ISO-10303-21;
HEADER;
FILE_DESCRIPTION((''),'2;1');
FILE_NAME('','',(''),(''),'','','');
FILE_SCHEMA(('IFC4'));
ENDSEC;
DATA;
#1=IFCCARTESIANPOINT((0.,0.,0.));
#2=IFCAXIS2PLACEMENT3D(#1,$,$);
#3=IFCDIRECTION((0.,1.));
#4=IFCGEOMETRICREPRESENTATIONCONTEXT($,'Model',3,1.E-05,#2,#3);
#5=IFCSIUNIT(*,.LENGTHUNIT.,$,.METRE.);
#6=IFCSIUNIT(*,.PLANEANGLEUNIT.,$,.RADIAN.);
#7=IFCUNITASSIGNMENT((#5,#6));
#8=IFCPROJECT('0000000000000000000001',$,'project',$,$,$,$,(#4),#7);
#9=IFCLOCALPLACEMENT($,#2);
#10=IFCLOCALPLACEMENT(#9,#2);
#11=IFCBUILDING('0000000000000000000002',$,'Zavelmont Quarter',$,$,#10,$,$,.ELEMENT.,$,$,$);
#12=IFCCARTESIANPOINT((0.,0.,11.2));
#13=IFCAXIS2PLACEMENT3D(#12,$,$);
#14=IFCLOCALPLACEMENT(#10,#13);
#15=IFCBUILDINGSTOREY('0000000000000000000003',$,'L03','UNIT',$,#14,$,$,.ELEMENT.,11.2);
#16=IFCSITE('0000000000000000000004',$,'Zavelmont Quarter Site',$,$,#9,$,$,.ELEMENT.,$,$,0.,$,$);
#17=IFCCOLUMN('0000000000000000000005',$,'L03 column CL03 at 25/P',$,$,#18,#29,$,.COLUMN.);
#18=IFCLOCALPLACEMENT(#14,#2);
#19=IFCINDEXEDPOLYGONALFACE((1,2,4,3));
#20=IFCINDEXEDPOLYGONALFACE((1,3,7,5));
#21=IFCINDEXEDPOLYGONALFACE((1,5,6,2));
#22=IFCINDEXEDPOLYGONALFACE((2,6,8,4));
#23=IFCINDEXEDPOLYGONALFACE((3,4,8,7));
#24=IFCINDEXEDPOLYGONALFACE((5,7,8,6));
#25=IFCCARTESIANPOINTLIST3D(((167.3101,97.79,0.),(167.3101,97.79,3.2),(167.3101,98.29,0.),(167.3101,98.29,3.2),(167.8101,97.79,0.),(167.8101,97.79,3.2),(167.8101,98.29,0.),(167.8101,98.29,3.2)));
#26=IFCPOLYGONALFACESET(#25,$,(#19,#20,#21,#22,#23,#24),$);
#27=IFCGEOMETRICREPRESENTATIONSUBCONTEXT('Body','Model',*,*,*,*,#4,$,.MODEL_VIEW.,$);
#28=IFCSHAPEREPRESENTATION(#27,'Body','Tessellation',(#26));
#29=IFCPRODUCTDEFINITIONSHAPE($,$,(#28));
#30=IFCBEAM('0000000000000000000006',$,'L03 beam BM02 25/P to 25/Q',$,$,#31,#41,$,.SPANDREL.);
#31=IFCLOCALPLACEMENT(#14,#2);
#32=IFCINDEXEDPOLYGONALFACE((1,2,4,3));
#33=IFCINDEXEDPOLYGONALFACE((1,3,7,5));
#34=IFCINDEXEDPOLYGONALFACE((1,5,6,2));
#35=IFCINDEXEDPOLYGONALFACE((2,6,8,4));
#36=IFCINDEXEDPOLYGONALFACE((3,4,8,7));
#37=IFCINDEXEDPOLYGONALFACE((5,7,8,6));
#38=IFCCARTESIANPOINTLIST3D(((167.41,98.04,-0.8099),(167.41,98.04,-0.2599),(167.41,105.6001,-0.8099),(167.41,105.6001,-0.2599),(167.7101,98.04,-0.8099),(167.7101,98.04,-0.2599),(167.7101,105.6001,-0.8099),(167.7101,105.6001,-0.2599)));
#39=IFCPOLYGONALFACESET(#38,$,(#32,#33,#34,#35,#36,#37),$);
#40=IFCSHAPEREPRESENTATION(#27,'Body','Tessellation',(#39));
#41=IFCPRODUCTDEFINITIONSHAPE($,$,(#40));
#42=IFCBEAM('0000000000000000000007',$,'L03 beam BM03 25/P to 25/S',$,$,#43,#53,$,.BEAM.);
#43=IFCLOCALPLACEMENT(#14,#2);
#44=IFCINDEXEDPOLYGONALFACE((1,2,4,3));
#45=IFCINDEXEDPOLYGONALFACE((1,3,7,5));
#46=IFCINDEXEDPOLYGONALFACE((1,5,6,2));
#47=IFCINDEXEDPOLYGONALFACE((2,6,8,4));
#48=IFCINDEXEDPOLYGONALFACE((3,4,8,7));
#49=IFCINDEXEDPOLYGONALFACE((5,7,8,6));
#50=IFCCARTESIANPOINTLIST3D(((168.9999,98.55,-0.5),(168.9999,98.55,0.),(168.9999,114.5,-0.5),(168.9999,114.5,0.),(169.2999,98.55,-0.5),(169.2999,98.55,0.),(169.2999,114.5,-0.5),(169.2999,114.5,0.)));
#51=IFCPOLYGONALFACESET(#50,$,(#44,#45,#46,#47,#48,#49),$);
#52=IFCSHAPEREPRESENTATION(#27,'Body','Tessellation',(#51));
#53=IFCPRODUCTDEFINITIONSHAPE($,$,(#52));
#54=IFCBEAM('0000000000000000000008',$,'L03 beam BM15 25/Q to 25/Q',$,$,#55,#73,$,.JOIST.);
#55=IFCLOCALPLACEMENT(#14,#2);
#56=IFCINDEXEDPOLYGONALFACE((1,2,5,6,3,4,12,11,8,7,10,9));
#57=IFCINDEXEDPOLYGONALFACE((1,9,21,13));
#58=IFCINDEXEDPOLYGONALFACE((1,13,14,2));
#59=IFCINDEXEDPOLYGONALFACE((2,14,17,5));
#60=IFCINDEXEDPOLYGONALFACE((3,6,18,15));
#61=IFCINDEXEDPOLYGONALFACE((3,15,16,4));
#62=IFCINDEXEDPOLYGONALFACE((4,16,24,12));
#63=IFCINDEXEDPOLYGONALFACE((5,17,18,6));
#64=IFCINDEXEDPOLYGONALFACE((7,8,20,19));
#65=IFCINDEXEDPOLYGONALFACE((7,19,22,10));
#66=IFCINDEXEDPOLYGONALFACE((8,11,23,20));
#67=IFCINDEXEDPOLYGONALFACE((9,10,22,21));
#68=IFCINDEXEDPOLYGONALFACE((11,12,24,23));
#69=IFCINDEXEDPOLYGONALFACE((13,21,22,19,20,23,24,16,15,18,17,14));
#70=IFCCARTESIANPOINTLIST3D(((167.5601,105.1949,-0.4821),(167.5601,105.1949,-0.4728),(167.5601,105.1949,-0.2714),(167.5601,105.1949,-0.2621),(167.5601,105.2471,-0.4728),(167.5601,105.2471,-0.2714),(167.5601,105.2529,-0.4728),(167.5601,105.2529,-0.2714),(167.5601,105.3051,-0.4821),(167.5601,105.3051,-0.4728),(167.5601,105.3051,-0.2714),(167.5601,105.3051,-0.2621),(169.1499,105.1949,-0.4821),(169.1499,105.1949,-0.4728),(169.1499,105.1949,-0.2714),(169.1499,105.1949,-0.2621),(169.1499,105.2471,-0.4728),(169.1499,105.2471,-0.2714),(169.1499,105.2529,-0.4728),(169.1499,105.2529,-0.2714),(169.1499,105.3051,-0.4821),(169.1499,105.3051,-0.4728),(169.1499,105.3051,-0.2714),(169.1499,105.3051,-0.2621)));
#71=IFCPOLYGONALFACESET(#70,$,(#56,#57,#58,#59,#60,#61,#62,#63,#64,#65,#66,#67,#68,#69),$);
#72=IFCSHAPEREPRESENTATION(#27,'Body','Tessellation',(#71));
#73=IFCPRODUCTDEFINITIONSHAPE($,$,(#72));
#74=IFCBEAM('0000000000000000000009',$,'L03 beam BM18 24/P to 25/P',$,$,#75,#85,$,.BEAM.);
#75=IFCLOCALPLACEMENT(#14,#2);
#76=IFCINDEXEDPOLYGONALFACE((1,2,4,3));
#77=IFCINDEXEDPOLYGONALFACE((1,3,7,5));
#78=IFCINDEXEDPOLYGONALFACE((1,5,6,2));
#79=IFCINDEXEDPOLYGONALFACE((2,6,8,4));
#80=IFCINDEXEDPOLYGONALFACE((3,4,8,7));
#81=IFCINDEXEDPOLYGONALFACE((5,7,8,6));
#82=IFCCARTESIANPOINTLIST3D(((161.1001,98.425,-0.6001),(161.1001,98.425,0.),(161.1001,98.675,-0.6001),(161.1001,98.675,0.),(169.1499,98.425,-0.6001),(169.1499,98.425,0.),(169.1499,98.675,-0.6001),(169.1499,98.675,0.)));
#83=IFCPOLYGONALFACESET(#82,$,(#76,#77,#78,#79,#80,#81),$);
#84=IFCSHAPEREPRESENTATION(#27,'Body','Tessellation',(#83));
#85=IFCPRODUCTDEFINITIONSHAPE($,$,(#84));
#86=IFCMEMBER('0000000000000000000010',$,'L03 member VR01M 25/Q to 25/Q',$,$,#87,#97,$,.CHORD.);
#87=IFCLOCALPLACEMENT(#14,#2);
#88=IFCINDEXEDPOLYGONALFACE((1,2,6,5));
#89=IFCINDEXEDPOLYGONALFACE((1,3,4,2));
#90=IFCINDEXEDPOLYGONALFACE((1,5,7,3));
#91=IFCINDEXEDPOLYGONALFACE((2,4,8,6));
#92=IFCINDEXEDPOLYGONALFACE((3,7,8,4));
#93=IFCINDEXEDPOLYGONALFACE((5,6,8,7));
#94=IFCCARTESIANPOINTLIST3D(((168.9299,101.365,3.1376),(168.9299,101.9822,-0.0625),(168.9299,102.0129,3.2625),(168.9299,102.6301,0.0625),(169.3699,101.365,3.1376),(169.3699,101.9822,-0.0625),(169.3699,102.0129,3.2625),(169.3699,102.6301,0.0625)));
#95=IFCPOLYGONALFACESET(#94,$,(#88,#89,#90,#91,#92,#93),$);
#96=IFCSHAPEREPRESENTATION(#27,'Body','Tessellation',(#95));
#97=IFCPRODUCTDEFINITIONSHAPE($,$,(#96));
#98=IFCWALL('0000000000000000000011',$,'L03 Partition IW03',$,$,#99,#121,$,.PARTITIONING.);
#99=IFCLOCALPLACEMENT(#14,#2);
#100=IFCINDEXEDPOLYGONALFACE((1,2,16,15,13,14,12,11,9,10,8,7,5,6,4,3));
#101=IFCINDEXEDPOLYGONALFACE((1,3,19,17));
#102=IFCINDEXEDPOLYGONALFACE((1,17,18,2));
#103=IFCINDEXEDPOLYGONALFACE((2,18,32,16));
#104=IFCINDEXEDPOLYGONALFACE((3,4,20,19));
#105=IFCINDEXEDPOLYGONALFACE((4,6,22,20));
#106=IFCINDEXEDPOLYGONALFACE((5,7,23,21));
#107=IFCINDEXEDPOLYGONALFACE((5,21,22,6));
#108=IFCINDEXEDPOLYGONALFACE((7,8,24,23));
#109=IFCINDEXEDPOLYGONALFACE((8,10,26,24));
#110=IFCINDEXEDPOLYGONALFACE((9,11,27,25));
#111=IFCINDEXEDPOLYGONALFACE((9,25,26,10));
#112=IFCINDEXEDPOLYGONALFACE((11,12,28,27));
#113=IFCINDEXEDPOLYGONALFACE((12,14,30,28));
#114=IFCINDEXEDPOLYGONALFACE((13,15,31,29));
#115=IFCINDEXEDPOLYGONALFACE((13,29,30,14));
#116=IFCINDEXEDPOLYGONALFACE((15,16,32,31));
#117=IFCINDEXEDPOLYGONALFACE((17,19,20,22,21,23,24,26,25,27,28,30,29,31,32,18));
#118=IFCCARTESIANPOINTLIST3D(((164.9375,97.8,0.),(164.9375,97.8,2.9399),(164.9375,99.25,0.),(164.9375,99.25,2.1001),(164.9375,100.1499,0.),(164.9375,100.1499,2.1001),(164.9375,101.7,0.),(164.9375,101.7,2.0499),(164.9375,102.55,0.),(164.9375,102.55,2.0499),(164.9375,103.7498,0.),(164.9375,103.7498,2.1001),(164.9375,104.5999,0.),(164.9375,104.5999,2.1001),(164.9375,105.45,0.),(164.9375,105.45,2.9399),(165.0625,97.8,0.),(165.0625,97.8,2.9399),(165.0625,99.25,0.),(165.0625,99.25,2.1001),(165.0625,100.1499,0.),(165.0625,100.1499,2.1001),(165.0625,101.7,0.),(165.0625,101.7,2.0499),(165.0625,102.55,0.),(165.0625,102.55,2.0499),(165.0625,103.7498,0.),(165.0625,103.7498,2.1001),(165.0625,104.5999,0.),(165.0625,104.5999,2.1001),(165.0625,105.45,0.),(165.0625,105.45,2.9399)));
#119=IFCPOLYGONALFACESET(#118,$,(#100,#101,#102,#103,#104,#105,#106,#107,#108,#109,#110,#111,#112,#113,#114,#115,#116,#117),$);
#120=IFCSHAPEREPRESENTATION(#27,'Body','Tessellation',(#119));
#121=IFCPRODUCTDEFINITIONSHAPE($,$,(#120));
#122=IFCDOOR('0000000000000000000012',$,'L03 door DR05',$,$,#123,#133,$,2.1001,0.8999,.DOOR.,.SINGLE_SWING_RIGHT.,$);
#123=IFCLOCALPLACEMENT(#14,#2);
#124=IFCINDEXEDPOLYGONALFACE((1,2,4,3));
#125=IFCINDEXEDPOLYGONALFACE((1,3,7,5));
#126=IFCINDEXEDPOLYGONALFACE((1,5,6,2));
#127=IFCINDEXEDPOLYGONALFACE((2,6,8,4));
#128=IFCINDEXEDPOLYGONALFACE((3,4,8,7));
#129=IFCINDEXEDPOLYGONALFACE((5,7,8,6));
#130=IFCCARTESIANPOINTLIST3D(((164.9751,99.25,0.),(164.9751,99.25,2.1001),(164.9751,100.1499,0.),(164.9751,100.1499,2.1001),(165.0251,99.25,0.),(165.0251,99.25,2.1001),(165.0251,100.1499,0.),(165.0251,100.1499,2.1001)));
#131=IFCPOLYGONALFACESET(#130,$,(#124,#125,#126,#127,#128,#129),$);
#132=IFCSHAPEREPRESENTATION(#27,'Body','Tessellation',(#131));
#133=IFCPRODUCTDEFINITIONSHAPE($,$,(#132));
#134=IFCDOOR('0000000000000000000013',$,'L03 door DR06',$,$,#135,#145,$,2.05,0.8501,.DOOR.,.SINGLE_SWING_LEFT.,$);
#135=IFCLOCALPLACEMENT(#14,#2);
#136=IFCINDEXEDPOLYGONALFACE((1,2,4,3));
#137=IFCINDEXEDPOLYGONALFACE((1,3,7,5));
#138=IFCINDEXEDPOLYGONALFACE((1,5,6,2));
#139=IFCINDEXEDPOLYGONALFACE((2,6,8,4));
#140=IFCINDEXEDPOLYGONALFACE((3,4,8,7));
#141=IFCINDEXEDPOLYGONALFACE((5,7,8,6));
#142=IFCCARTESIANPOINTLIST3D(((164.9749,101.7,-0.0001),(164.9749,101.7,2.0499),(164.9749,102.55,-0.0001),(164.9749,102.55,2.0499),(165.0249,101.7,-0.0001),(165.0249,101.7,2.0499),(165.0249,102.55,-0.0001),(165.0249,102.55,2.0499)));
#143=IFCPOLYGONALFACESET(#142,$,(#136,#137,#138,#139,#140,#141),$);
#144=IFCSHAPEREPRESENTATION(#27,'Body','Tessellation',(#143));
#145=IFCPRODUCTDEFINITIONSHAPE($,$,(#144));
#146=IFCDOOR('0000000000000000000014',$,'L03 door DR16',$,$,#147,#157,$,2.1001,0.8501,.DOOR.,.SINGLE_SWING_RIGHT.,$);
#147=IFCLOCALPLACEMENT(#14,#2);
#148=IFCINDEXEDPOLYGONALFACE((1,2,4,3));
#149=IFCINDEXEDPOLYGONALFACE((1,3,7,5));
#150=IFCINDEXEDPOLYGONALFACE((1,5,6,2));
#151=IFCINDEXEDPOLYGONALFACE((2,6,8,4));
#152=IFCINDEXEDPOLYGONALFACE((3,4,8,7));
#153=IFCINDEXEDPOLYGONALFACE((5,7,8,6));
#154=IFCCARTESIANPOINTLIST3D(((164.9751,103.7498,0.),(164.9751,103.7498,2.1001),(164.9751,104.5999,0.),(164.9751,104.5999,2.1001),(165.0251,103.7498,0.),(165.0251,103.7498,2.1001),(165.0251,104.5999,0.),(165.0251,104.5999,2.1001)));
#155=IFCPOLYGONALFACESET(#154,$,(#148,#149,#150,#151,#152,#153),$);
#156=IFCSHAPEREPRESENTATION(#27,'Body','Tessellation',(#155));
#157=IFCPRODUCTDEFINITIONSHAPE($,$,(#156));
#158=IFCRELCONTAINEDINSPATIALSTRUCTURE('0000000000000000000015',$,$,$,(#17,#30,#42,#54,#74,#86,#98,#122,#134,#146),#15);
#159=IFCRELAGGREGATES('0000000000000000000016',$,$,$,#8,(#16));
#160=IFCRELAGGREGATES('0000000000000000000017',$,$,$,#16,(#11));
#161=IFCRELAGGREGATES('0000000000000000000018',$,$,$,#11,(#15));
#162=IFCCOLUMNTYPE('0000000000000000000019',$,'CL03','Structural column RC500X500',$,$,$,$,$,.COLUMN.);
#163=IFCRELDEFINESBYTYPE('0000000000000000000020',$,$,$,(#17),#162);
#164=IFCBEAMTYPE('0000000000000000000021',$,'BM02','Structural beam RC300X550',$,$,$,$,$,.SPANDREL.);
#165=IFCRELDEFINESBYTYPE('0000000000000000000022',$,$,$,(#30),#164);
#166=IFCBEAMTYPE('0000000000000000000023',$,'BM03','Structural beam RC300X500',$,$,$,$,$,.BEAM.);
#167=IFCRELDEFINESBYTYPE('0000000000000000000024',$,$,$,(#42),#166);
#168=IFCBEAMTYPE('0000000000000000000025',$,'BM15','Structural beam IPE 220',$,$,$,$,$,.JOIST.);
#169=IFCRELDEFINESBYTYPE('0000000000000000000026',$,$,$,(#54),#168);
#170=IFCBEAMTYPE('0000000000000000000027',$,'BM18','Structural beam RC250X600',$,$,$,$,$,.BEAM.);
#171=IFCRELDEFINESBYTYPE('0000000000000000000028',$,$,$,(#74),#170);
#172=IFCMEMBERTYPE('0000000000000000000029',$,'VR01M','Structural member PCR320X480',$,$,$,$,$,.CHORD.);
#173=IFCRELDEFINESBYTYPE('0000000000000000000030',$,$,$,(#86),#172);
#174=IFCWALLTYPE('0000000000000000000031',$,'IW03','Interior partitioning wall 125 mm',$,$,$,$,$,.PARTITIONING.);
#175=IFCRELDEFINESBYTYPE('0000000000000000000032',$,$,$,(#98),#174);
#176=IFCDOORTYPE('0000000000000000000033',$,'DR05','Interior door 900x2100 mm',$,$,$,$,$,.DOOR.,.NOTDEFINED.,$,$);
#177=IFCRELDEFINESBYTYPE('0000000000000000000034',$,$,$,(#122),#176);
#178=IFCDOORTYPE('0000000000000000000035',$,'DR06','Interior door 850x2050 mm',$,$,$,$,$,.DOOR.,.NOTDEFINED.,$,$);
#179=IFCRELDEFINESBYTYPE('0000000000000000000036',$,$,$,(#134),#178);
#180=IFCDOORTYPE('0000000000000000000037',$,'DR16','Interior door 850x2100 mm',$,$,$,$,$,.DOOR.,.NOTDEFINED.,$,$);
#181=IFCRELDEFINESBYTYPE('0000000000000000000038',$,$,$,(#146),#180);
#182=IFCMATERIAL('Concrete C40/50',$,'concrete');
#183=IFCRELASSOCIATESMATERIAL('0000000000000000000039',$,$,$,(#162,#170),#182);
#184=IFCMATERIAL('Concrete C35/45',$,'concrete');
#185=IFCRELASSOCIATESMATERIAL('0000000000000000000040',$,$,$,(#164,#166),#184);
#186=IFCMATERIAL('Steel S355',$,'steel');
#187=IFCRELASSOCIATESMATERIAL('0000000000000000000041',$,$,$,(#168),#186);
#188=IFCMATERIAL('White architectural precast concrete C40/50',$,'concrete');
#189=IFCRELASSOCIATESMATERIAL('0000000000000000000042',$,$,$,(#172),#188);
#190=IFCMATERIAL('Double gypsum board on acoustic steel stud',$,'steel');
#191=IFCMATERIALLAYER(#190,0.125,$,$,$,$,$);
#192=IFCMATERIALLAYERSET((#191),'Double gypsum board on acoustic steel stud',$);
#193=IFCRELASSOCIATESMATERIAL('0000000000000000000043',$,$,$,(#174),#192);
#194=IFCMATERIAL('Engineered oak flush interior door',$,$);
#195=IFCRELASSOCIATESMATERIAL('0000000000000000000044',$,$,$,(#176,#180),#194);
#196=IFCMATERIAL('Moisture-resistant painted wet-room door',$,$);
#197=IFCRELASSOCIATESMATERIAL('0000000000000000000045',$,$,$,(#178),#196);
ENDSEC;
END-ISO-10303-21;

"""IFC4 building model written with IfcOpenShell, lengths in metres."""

from ifc_helpers import new_model, si_unit, direction, frame, frame_2d, origin, origin_with_axes, origin_2d, place, context, subcontext, project, spatial, rectangle, i_section, extrude, material, layer, layer_set, material_profile, profile_set, type_object, element, fill, save


model = new_model("IFC4")

# Units and contexts
model_context = context("Model", 3, precision=1e-05, world=origin(), true_north=direction((0.0, 1.0)))
body_context = subcontext(model_context, "Body", "Model", "MODEL_VIEW")
ifc_project = project(units=[si_unit("LENGTHUNIT", "METRE"), si_unit("PLANEANGLEUNIT", "RADIAN")], contexts=[model_context])

# Site, building, storey
site_placement = place(None, origin())
site = spatial("IfcSite", under=ifc_project, at=site_placement, Name="Zavelmont Quarter Site", CompositionType="ELEMENT", RefElevation=0.0)
building_placement = place(site_placement, origin())
building = spatial("IfcBuilding", under=site, at=building_placement, Name="Zavelmont Quarter", CompositionType="ELEMENT")
storey_placement = place(building_placement, frame((0.0, 0.0, 11.2)))
storey = spatial("IfcBuildingStorey", under=building, at=storey_placement, Name="L03", Description="UNIT", CompositionType="ELEMENT", Elevation=11.2)

# Column
ifc_material_1 = material(Name="Concrete C40/50", Category="concrete")
ifc_material_profile_1 = material_profile(ifc_material_1, rectangle(XDim=0.5, YDim=0.5, at=origin_2d()), Name="RC500X500")
ifc_profile_set_1 = profile_set([ifc_material_profile_1], Name="Concrete C40/50")
column_type = type_object("IfcColumnType", Name="CL03", Description="Structural column RC500X500", PredefinedType="COLUMN", material=ifc_profile_set_1)
column_placement = place(storey_placement, frame((167.5601, 98.04, 0.0), z_axis=(0.0, 0.0, 1.0), x_axis=(1.0, 0.0, 0.0)))
element("IfcColumn", 1, at=column_placement, inside=storey, type_object=column_type, Name="L03 column CL03 at 25/P", PredefinedType="COLUMN", context=body_context, shape_type="SweptSolid", body=[
    extrude(rectangle(XDim=0.5, YDim=0.5, at=origin_2d()), origin(), (0.0, 0.0, 1.0), 3.2),
])

# Beams
ifc_material_2 = material(Name="Concrete C35/45", Category="concrete")
ifc_material_profile_2 = material_profile(ifc_material_2, rectangle(XDim=0.3, YDim=0.55, at=origin_2d()), Name="RC300X550")
ifc_profile_set_2 = profile_set([ifc_material_profile_2], Name="Concrete C35/45")
beam_type_1 = type_object("IfcBeamType", Name="BM02", Description="Structural beam RC300X550", PredefinedType="SPANDREL", material=ifc_profile_set_2)
beam_1_placement = place(storey_placement, frame((167.5601, 98.04, -0.5349), z_axis=(0.0, 1.0, 0.0), x_axis=(-1.0, 0.0, 0.0)))
element("IfcBeam", 2, at=beam_1_placement, inside=storey, type_object=beam_type_1, Name="L03 beam BM02 25/P to 25/Q", PredefinedType="SPANDREL", context=body_context, shape_type="SweptSolid", body=[
    extrude(rectangle(XDim=0.3, YDim=0.55, at=origin_2d()), origin(), (0.0, 0.0, 1.0), 7.5601),
])
ifc_material_profile_3 = material_profile(ifc_material_2, rectangle(XDim=0.3, YDim=0.5, at=origin_2d()), Name="RC300X500")
ifc_profile_set_3 = profile_set([ifc_material_profile_3], Name="Concrete C35/45")
beam_type_2 = type_object("IfcBeamType", Name="BM03", Description="Structural beam RC300X500", PredefinedType="BEAM", material=ifc_profile_set_3)
beam_2_placement = place(storey_placement, frame((169.1499, 98.55, -0.25), z_axis=(0.0, 1.0, 0.0), x_axis=(-1.0, 0.0, 0.0)))
element("IfcBeam", 3, at=beam_2_placement, inside=storey, type_object=beam_type_2, Name="L03 beam BM03 25/P to 25/S", PredefinedType="BEAM", context=body_context, shape_type="SweptSolid", body=[
    extrude(rectangle(XDim=0.3, YDim=0.5, at=origin_2d()), origin(), (0.0, 0.0, 1.0), 15.95),
])
ifc_material_3 = material(Name="Steel S355", Category="steel")
ifc_material_profile_4 = material_profile(ifc_material_3, i_section(OverallWidth=0.1101, OverallDepth=0.22, WebThickness=0.0059, FlangeThickness=0.0093, at=origin_2d()), Name="IPE 220")
ifc_profile_set_4 = profile_set([ifc_material_profile_4], Name="Steel S355")
beam_type_3 = type_object("IfcBeamType", Name="BM15", Description="Structural beam IPE 220", PredefinedType="JOIST", material=ifc_profile_set_4)
beam_3_placement = place(storey_placement, frame((167.5601, 105.25, -0.3721), z_axis=(1.0, 0.0, 0.0), x_axis=(0.0, 1.0, 0.0)))
element("IfcBeam", 4, at=beam_3_placement, inside=storey, type_object=beam_type_3, Name="L03 beam BM15 25/Q to 25/Q", PredefinedType="JOIST", context=body_context, shape_type="SweptSolid", body=[
    extrude(i_section(OverallWidth=0.1101, OverallDepth=0.22, WebThickness=0.0059, FlangeThickness=0.0093, at=origin_2d()), origin(), (0.0, 0.0, 1.0), 1.5898),
])
ifc_material_profile_5 = material_profile(ifc_material_1, rectangle(XDim=0.25, YDim=0.6001, at=origin_2d()), Name="RC250X600")
ifc_profile_set_5 = profile_set([ifc_material_profile_5], Name="Concrete C40/50")
beam_type_4 = type_object("IfcBeamType", Name="BM18", Description="Structural beam RC250X600", PredefinedType="BEAM", material=ifc_profile_set_5)
beam_4_placement = place(storey_placement, frame((161.1001, 98.55, -0.3), z_axis=(1.0, 0.0, 0.0), x_axis=(0.0, 1.0, 0.0)))
element("IfcBeam", 5, at=beam_4_placement, inside=storey, type_object=beam_type_4, Name="L03 beam BM18 24/P to 25/P", PredefinedType="BEAM", context=body_context, shape_type="SweptSolid", body=[
    extrude(rectangle(XDim=0.25, YDim=0.6001, at=origin_2d()), origin(), (0.0, 0.0, 1.0), 8.0498),
])

# Member
ifc_material_4 = material(Name="White architectural precast concrete C40/50", Category="concrete")
ifc_material_profile_6 = material_profile(ifc_material_4, rectangle(XDim=0.4399, YDim=0.6599, at=origin_2d()), Name="PCR320X480")
ifc_profile_set_6 = profile_set([ifc_material_profile_6], Name="White architectural precast concrete C40/50")
member_type = type_object("IfcMemberType", Name="VR01M", Description="Structural member PCR320X480", PredefinedType="CHORD", material=ifc_profile_set_6)
member_placement = place(storey_placement, frame((169.1499, 102.3062, 0.0), z_axis=(0.0, -0.189384, 0.981903), x_axis=(1.0, 0.0, 0.0)))
element("IfcMember", 6, at=member_placement, inside=storey, type_object=member_type, Name="L03 member VR01M 25/Q to 25/Q", PredefinedType="CHORD", context=body_context, shape_type="SweptSolid", body=[
    extrude(rectangle(XDim=0.4399, YDim=0.6599, at=origin_2d()), origin(), (0.0, 0.0, 1.0), 3.259),
])

# Wall, openings, doors
ifc_material_5 = material(Name="Double gypsum board on acoustic steel stud", Category="steel")
ifc_layer_1 = layer(ifc_material_5, 0.125)
ifc_layer_set_1 = layer_set([ifc_layer_1], Name="Double gypsum board on acoustic steel stud")
wall_type_1 = type_object("IfcWallType", Name="IW03", Description="Interior partitioning wall 125 mm", PredefinedType="PARTITIONING", material=ifc_layer_set_1)
wall_1_placement = place(storey_placement, frame((165.0, 105.45, 0.0), z_axis=(0.0, 0.0, 1.0), x_axis=(0.0, -1.0, 0.0)))
wall_1 = element("IfcWall", 7, at=wall_1_placement, inside=storey, type_object=wall_type_1, Name="L03 Partition IW03", PredefinedType="PARTITIONING", context=body_context, shape_type="SweptSolid", body=[
    extrude(rectangle(XDim=7.6499, YDim=0.125, at=frame_2d((3.825, 0.0))), origin(), (0.0, 0.0, 1.0), 2.9399),
])
opening_1_placement = place(wall_1_placement, frame((0.8501, 0.0, 0.0)))
opening_1 = element("IfcOpeningElement", 8, at=opening_1_placement, cuts=wall_1, PredefinedType="OPENING", context=body_context, shape_type="SweptSolid", body=[
    extrude(rectangle(XDim=0.8501, YDim=2.1001, at=frame_2d((0.425, 1.05))), frame((0.0, 0.0745, 0.0), z_axis=(0.0, -1.0, 0.0), x_axis=(1.0, 0.0, 0.0)), (0.0, 0.0, 1.0), 0.1489),
])
opening_2_placement = place(wall_1_placement, frame((2.8999, 0.0, 0.0)))
opening_2 = element("IfcOpeningElement", 9, at=opening_2_placement, cuts=wall_1, PredefinedType="OPENING", context=body_context, shape_type="SweptSolid", body=[
    extrude(rectangle(XDim=0.8501, YDim=2.05, at=frame_2d((0.425, 1.0249))), frame((0.0, 0.0745, 0.0), z_axis=(0.0, -1.0, 0.0), x_axis=(1.0, 0.0, 0.0)), (0.0, 0.0, 1.0), 0.1489),
])
opening_3_placement = place(wall_1_placement, frame((5.3, 0.0, 0.0)))
opening_3 = element("IfcOpeningElement", 10, at=opening_3_placement, cuts=wall_1, PredefinedType="OPENING", context=body_context, shape_type="SweptSolid", body=[
    extrude(rectangle(XDim=0.8999, YDim=2.1001, at=frame_2d((0.45, 1.05))), frame((0.0, 0.0745, 0.0), z_axis=(0.0, -1.0, 0.0), x_axis=(1.0, 0.0, 0.0)), (0.0, 0.0, 1.0), 0.1489),
])
ifc_material_6 = material(Name="Engineered oak flush interior door")
door_type_1 = type_object("IfcDoorType", Name="DR05", Description="Interior door 900x2100 mm", OperationType="NOTDEFINED", PredefinedType="DOOR", material=ifc_material_6)
door_1_placement = place(opening_3_placement, frame((0.8999, 0.0, 0.0), z_axis=(0.0, 0.0, 1.0), x_axis=(-1.0, 0.0, 0.0)))
door_1 = element("IfcDoor", 11, at=door_1_placement, inside=storey, type_object=door_type_1, Name="L03 door DR05", OperationType="SINGLE_SWING_RIGHT", OverallHeight=2.1001, OverallWidth=0.8999, PredefinedType="DOOR", context=body_context, shape_type="SweptSolid", body=[
    extrude(rectangle(XDim=0.8999, YDim=2.1001, at=frame_2d((0.45, 1.05))), frame((0.0, 0.0249, 0.0), z_axis=(0.0, -1.0, 0.0), x_axis=(1.0, 0.0, 0.0)), (0.0, 0.0, 1.0), 0.05),
])
fill(opening_3, door_1)
ifc_material_7 = material(Name="Moisture-resistant painted wet-room door")
door_type_2 = type_object("IfcDoorType", Name="DR06", Description="Interior door 850x2050 mm", OperationType="NOTDEFINED", PredefinedType="DOOR", material=ifc_material_7)
door_2_placement = place(opening_2_placement, origin_with_axes())
door_2 = element("IfcDoor", 12, at=door_2_placement, inside=storey, type_object=door_type_2, Name="L03 door DR06", OperationType="SINGLE_SWING_LEFT", OverallHeight=2.05, OverallWidth=0.8501, PredefinedType="DOOR", context=body_context, shape_type="SweptSolid", body=[
    extrude(rectangle(XDim=0.8501, YDim=2.05, at=frame_2d((0.425, 1.0249))), frame((0.0, 0.0249, 0.0), z_axis=(0.0, -1.0, 0.0), x_axis=(1.0, 0.0, 0.0)), (0.0, 0.0, 1.0), 0.05),
])
fill(opening_2, door_2)
door_type_3 = type_object("IfcDoorType", Name="DR16", Description="Interior door 850x2100 mm", OperationType="NOTDEFINED", PredefinedType="DOOR", material=ifc_material_6)
door_3_placement = place(opening_1_placement, frame((0.8501, 0.0, 0.0), z_axis=(0.0, 0.0, 1.0), x_axis=(-1.0, 0.0, 0.0)))
door_3 = element("IfcDoor", 13, at=door_3_placement, inside=storey, type_object=door_type_3, Name="L03 door DR16", OperationType="SINGLE_SWING_RIGHT", OverallHeight=2.1001, OverallWidth=0.8501, PredefinedType="DOOR", context=body_context, shape_type="SweptSolid", body=[
    extrude(rectangle(XDim=0.8501, YDim=2.1001, at=frame_2d((0.425, 1.05))), frame((0.0, 0.0249, 0.0), z_axis=(0.0, -1.0, 0.0), x_axis=(1.0, 0.0, 0.0)), (0.0, 0.0, 1.0), 0.05),
])
fill(opening_1, door_3)

save(model, "model.ifc")
